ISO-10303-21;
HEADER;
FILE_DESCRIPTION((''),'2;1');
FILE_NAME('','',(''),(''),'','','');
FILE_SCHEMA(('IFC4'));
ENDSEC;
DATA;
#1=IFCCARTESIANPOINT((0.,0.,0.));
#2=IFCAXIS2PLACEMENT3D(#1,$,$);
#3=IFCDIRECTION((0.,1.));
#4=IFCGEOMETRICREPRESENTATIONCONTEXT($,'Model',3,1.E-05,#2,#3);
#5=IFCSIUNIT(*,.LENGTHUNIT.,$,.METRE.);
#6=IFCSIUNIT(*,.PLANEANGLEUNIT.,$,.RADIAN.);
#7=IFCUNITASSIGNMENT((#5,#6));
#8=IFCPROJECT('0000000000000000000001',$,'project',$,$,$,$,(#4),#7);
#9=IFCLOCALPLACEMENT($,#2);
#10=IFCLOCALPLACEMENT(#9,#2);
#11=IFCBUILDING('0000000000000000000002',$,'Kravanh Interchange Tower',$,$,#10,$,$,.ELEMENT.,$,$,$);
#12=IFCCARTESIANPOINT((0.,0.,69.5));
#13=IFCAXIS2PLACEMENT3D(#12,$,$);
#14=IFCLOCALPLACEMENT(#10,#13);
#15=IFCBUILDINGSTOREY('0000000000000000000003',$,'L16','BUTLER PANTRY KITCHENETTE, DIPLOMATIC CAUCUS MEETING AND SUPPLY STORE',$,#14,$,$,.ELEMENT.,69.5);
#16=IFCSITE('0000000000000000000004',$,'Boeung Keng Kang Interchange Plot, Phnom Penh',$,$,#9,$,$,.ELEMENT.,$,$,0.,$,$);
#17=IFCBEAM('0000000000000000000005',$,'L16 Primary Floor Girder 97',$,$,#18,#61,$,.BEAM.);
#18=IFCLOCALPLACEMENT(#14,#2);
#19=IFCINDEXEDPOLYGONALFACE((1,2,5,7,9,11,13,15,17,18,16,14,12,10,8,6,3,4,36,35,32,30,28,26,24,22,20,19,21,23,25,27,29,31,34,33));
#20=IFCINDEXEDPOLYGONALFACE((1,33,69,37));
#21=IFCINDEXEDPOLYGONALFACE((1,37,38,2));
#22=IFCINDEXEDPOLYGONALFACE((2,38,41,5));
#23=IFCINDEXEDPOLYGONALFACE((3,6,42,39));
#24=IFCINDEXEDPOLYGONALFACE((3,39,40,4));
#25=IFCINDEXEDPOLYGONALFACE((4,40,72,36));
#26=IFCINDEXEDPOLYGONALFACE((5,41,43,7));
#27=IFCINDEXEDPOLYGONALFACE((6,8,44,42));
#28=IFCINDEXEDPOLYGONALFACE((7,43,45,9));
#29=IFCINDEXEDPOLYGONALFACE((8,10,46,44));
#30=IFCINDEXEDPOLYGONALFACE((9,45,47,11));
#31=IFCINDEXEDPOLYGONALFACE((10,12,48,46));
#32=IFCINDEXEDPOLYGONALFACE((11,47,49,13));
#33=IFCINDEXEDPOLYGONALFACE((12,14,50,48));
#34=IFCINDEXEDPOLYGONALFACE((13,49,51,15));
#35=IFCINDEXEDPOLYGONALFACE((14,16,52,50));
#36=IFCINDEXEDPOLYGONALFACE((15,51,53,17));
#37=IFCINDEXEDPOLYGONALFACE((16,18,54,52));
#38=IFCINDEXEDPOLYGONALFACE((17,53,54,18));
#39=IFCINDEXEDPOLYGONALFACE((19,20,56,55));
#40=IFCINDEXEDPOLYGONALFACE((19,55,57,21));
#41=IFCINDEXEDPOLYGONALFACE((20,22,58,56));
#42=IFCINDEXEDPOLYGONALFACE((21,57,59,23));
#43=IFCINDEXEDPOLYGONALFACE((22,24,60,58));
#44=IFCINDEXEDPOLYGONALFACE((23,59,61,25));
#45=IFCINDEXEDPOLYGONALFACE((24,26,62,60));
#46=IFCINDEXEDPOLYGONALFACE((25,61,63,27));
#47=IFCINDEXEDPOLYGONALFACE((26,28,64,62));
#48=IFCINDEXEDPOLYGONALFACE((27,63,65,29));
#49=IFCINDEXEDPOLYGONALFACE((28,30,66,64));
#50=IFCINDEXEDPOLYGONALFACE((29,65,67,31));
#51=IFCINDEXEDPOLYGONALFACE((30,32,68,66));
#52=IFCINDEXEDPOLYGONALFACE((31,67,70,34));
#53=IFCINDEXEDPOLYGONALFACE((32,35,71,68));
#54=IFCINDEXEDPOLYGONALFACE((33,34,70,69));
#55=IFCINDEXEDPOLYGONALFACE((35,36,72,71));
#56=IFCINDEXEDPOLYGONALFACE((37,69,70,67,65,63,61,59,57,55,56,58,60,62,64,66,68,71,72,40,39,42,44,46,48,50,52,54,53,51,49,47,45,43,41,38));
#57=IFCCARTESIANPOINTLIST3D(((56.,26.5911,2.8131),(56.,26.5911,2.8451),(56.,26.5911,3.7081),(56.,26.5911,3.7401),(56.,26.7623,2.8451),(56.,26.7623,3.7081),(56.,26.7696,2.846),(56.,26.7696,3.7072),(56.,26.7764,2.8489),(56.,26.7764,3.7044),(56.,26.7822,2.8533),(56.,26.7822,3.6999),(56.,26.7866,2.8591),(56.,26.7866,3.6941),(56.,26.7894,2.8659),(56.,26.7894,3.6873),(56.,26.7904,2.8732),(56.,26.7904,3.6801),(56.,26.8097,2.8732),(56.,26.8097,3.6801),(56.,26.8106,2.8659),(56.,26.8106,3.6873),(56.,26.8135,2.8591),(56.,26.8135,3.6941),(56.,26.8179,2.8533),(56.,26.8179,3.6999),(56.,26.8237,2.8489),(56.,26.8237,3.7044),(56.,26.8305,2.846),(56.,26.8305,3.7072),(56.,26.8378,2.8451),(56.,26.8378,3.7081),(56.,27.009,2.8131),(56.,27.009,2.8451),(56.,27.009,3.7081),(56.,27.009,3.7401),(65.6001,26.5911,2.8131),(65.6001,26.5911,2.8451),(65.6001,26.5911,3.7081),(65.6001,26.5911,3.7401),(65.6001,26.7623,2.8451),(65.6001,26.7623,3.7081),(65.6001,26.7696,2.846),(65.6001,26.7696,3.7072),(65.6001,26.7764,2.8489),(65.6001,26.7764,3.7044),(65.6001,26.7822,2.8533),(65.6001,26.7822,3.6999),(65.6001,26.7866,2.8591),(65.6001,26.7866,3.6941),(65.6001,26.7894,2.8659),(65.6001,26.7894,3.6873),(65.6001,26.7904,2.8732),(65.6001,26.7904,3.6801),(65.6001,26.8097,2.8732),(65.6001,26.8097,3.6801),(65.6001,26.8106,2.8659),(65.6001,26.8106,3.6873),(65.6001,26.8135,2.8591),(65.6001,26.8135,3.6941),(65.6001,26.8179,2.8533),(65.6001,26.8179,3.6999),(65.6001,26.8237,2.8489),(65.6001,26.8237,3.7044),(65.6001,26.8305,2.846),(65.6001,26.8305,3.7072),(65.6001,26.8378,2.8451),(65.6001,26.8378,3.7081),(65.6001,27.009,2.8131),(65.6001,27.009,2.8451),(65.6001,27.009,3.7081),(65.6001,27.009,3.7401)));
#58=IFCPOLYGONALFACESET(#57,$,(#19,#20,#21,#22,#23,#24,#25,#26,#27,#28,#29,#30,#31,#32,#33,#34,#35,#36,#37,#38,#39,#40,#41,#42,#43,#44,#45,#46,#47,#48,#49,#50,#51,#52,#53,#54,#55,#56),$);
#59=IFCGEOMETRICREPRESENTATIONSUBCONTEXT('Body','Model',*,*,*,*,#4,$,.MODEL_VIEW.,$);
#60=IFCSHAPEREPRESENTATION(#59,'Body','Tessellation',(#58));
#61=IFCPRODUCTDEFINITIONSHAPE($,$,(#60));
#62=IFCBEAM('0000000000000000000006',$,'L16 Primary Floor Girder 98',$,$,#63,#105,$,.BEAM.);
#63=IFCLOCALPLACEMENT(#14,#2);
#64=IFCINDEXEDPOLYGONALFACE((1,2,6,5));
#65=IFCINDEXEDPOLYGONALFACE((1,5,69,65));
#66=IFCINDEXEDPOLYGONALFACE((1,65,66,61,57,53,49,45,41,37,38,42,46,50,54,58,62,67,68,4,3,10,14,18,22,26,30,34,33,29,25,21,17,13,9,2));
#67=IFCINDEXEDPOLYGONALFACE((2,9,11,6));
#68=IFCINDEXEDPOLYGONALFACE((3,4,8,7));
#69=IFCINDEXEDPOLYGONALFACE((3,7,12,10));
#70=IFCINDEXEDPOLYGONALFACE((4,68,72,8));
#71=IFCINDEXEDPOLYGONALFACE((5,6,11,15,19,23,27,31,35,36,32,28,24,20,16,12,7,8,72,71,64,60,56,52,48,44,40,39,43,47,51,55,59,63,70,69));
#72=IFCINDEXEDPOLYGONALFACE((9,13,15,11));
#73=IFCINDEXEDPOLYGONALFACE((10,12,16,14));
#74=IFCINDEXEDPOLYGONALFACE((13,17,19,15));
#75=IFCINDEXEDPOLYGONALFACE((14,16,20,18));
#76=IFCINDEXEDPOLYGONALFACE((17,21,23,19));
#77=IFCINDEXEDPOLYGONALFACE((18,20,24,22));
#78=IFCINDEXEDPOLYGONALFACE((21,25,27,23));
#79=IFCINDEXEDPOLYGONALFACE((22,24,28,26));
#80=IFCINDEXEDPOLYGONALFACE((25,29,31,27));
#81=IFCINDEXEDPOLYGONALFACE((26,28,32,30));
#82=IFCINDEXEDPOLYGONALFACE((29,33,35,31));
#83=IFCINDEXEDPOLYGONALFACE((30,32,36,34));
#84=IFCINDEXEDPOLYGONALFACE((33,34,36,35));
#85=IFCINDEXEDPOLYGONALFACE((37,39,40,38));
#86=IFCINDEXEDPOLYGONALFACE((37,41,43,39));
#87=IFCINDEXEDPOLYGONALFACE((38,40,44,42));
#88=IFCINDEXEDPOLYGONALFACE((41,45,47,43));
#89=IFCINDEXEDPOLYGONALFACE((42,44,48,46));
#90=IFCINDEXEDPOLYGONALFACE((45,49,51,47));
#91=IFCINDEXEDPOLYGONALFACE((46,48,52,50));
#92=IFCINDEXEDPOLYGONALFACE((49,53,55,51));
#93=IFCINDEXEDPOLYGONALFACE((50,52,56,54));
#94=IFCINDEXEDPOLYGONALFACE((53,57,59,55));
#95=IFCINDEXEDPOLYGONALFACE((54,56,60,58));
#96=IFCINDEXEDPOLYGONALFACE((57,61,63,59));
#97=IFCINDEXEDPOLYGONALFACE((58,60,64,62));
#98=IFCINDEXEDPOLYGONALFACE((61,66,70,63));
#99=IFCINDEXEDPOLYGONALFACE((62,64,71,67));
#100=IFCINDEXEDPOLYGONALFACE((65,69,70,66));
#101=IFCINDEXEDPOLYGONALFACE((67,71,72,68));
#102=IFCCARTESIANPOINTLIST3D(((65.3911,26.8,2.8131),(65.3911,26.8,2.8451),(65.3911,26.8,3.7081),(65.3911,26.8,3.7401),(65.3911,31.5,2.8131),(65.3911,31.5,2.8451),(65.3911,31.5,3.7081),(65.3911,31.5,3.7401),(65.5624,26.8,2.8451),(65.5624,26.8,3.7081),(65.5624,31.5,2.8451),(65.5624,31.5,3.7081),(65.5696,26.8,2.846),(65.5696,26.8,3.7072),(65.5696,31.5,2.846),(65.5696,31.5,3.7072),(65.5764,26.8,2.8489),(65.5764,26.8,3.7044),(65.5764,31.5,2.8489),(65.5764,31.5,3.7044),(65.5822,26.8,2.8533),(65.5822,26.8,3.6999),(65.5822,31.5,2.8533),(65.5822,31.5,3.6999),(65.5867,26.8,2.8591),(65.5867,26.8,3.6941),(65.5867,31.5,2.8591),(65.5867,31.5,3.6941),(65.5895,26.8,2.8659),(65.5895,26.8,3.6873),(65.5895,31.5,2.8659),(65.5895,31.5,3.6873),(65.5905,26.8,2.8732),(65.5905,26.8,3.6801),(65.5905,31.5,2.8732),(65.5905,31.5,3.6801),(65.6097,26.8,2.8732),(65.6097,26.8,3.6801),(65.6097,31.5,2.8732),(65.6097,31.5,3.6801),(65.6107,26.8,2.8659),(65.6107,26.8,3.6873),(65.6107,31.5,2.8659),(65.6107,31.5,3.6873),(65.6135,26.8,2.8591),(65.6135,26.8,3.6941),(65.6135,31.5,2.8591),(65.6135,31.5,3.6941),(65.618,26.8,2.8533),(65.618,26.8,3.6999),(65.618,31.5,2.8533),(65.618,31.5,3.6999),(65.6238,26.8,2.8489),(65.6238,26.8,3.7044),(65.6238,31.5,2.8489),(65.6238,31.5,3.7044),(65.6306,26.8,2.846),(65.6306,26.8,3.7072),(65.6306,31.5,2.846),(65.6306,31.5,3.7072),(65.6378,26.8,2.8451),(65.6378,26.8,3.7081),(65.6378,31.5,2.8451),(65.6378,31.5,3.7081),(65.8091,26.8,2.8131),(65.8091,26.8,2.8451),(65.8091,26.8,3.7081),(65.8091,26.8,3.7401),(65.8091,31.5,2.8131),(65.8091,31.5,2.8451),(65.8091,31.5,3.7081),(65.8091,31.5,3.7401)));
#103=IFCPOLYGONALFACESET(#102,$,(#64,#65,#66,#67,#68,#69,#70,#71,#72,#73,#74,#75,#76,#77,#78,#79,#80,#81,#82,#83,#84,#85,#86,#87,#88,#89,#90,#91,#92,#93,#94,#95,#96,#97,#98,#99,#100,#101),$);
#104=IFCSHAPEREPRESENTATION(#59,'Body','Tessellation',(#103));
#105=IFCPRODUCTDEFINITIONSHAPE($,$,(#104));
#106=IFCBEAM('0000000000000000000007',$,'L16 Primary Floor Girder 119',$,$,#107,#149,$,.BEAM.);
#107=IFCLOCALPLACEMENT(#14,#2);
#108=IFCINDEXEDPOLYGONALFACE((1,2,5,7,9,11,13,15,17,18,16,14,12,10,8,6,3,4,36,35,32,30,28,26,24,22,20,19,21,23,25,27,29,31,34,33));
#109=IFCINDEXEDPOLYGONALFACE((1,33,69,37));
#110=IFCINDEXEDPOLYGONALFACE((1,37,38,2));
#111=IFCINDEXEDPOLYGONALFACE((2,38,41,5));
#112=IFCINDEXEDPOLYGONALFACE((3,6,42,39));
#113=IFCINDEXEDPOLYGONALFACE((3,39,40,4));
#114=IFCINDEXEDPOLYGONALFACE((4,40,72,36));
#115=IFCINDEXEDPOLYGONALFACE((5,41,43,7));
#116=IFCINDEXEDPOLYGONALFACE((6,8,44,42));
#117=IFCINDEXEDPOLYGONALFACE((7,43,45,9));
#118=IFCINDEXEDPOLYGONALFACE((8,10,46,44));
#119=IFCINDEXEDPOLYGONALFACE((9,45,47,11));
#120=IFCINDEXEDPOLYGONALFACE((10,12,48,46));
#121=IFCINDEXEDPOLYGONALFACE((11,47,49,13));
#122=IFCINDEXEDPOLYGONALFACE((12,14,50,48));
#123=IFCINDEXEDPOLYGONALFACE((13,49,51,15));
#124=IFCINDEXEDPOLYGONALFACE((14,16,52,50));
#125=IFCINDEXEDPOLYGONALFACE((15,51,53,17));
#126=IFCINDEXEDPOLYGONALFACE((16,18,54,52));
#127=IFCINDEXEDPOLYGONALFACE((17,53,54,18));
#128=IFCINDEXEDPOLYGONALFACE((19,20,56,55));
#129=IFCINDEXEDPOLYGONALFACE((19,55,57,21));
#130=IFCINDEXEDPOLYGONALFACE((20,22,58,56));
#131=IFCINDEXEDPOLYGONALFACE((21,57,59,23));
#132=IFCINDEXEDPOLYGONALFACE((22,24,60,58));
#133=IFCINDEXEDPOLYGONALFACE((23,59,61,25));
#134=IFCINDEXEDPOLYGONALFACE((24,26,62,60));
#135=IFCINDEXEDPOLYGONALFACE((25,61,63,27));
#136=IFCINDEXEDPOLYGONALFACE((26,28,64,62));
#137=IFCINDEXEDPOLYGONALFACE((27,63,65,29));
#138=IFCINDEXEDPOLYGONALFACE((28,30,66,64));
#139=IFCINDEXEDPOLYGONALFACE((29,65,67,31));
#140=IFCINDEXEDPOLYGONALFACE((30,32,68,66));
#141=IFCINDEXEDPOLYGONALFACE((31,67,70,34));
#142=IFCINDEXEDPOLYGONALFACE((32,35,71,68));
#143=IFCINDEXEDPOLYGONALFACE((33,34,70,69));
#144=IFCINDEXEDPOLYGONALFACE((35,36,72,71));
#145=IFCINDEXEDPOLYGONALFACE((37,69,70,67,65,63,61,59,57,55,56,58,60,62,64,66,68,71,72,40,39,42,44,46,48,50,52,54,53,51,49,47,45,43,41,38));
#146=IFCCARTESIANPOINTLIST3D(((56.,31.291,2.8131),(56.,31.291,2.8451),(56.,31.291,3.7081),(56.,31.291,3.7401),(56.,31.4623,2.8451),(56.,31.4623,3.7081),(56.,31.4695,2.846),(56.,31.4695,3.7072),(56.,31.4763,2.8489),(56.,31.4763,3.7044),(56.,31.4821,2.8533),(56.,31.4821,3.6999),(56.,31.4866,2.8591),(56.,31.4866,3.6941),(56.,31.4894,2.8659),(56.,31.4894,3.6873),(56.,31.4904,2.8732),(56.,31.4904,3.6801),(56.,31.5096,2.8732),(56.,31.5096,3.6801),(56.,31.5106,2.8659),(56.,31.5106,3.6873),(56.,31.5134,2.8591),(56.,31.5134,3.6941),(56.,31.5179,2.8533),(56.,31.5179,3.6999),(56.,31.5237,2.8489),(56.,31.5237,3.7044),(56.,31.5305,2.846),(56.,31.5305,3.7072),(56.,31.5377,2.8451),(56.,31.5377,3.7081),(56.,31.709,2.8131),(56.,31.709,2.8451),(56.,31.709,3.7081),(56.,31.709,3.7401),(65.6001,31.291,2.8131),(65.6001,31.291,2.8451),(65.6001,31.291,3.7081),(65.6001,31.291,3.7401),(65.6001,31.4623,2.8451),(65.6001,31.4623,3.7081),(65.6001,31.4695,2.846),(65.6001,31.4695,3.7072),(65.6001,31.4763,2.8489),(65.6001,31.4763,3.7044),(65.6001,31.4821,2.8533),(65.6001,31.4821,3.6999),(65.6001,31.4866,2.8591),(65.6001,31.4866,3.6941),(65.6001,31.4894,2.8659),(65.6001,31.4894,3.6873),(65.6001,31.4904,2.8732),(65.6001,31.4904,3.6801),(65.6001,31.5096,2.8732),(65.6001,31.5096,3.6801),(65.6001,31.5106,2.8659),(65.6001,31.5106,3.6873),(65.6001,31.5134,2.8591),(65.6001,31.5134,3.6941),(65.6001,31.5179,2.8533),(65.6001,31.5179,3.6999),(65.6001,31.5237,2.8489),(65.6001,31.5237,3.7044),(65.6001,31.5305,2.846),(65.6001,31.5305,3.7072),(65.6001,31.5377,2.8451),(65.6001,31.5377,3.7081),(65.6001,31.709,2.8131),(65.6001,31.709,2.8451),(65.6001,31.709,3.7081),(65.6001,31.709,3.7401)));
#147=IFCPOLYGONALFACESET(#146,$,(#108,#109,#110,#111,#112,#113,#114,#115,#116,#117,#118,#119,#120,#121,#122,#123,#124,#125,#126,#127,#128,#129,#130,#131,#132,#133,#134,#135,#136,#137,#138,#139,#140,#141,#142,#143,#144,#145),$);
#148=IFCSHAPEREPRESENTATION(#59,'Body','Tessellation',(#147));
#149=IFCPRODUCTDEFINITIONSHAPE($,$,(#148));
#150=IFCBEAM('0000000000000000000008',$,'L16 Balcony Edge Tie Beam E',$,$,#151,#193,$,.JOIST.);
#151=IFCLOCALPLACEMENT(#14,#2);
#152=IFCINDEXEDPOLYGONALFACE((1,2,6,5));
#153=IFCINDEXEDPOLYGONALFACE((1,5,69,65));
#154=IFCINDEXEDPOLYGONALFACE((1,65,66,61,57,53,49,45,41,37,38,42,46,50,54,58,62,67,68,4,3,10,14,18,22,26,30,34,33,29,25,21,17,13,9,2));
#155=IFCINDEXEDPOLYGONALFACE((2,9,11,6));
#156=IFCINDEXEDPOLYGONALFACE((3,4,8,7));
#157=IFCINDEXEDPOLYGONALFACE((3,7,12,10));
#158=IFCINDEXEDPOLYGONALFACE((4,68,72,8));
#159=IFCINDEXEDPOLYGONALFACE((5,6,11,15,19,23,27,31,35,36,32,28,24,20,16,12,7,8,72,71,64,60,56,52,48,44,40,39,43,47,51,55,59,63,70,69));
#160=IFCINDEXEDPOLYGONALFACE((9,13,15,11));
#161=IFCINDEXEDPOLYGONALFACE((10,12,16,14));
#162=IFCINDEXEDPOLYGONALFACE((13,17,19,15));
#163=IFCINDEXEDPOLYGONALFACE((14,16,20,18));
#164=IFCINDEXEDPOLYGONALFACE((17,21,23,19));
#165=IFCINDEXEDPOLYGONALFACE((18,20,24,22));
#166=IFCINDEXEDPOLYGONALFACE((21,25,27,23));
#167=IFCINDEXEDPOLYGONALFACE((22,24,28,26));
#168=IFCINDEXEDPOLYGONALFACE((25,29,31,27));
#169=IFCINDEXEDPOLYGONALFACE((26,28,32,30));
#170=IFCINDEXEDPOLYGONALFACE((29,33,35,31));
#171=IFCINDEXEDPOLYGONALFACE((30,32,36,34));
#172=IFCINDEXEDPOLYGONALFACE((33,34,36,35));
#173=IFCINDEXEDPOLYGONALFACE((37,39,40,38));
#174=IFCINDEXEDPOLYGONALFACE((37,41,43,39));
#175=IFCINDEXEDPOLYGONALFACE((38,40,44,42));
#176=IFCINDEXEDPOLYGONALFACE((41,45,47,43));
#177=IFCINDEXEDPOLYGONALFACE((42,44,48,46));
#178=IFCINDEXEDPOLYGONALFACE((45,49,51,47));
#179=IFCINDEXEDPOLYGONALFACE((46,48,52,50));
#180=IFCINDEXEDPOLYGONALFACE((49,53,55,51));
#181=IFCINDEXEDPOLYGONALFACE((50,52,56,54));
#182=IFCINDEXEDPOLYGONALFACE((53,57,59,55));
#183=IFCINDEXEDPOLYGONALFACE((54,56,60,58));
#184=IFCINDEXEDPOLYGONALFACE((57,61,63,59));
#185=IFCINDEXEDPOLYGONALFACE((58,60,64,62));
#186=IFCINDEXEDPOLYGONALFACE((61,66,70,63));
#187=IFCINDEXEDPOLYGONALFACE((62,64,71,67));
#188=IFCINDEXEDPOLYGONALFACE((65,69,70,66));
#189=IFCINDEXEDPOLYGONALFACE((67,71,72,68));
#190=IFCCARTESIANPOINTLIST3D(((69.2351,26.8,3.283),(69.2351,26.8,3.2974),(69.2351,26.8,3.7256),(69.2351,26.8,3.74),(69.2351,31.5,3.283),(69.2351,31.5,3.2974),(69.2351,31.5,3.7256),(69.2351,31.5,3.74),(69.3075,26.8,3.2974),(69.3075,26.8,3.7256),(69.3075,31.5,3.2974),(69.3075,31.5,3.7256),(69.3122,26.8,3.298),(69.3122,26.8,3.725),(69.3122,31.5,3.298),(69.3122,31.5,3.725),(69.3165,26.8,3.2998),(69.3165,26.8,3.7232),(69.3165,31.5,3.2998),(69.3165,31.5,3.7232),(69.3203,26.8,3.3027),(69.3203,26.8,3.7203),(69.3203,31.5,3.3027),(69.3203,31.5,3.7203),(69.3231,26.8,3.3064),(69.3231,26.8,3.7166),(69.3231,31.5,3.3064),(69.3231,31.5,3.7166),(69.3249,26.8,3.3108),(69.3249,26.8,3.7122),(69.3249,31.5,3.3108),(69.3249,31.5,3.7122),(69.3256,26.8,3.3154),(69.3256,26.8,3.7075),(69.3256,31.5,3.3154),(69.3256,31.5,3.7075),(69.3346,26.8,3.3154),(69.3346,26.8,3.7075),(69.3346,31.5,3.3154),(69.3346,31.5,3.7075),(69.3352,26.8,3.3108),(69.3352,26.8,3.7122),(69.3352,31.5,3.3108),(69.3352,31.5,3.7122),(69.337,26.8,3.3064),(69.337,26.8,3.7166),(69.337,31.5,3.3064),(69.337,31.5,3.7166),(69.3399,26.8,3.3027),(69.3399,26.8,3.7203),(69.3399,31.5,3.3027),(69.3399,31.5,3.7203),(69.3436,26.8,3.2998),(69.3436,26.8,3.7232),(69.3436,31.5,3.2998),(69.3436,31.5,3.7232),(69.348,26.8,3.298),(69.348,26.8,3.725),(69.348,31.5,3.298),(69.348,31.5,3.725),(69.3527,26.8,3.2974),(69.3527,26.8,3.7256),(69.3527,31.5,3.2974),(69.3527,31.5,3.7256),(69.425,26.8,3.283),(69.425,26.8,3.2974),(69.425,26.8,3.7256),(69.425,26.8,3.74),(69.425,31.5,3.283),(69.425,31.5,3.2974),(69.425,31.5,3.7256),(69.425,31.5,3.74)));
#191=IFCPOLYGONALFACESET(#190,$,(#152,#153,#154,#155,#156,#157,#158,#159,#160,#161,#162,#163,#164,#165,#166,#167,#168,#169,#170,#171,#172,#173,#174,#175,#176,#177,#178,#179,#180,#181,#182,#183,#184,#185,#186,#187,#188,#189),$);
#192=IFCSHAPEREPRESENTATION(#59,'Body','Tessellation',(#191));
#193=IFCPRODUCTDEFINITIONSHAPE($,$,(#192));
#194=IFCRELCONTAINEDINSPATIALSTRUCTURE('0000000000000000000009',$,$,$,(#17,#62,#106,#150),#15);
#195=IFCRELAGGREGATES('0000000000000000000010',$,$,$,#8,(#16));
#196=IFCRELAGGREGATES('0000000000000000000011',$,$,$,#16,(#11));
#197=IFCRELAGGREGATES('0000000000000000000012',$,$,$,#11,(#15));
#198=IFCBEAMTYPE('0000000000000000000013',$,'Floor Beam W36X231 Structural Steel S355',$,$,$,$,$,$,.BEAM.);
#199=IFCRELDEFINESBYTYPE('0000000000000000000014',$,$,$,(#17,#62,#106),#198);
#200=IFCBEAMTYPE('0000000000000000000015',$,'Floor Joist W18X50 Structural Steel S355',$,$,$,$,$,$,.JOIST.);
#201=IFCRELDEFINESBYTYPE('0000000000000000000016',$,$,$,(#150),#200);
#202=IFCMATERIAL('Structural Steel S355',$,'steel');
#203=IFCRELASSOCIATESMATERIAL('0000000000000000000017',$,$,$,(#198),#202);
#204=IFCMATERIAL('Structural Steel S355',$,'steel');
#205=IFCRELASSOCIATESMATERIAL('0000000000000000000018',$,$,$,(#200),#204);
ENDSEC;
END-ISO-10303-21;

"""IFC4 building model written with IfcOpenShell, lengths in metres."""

from ifc_helpers import new_model, si_unit, direction, frame, origin, origin_2d, place, context, subcontext, project, spatial, i_section, extrude, material, material_profile, profile_set, type_object, element, save


model = new_model("IFC4")

# Units and contexts
model_context = context("Model", 3, precision=1e-05, world=origin(), true_north=direction((0.0, 1.0)))
body_context = subcontext(model_context, "Body", "Model", "MODEL_VIEW")
ifc_project = project(units=[si_unit("LENGTHUNIT", "METRE"), si_unit("PLANEANGLEUNIT", "RADIAN")], contexts=[model_context])

# Site, building, storey
site_placement = place(None, origin())
site = spatial("IfcSite", under=ifc_project, at=site_placement, Name="Boeung Keng Kang Interchange Plot, Phnom Penh", CompositionType="ELEMENT", RefElevation=0.0)
building_placement = place(site_placement, origin())
building = spatial("IfcBuilding", under=site, at=building_placement, Name="Kravanh Interchange Tower", CompositionType="ELEMENT")
storey_placement = place(building_placement, frame((0.0, 0.0, 69.5)))
storey = spatial("IfcBuildingStorey", under=building, at=storey_placement, Name="L16", Description="BUTLER PANTRY KITCHENETTE, DIPLOMATIC CAUCUS MEETING AND SUPPLY STORE", CompositionType="ELEMENT", Elevation=69.5)

# Beams
ifc_material_1 = material(Name="Structural Steel S355", Category="steel")
ifc_material_profile_1 = material_profile(ifc_material_1, i_section(OverallWidth=0.418, OverallDepth=0.927, WebThickness=0.0193, FlangeThickness=0.032, FilletRadius=0.0281, at=origin_2d()), Name="W36X231")
ifc_profile_set_1 = profile_set([ifc_material_profile_1], Name="Structural Steel S355")
beam_type_1 = type_object("IfcBeamType", Name="Floor Beam W36X231 Structural Steel S355", PredefinedType="BEAM", material=ifc_profile_set_1)
beam_1_placement = place(storey_placement, frame((56.0, 26.8, 3.2766), z_axis=(1.0, 0.0, 0.0), x_axis=(0.0, 1.0, 0.0)))
element("IfcBeam", 1, at=beam_1_placement, inside=storey, type_object=beam_type_1, Name="L16 Primary Floor Girder 97", PredefinedType="BEAM", context=body_context, shape_type="SweptSolid", body=[
    extrude(i_section(OverallWidth=0.418, OverallDepth=0.927, WebThickness=0.0193, FlangeThickness=0.032, FilletRadius=0.0281, at=origin_2d()), origin(), (0.0, 0.0, 1.0), 9.6001),
])
beam_2_placement = place(storey_placement, frame((65.6001, 26.8, 3.2766), z_axis=(0.0, 1.0, 0.0), x_axis=(-1.0, 0.0, 0.0)))
element("IfcBeam", 2, at=beam_2_placement, inside=storey, type_object=beam_type_1, Name="L16 Primary Floor Girder 98", PredefinedType="BEAM", context=body_context, shape_type="SweptSolid", body=[
    extrude(i_section(OverallWidth=0.418, OverallDepth=0.927, WebThickness=0.0193, FlangeThickness=0.032, FilletRadius=0.0281, at=origin_2d()), origin(), (0.0, 0.0, 1.0), 4.7),
])
beam_3_placement = place(storey_placement, frame((56.0, 31.5, 3.2766), z_axis=(1.0, 0.0, 0.0), x_axis=(0.0, 1.0, 0.0)))
element("IfcBeam", 3, at=beam_3_placement, inside=storey, type_object=beam_type_1, Name="L16 Primary Floor Girder 119", PredefinedType="BEAM", context=body_context, shape_type="SweptSolid", body=[
    extrude(i_section(OverallWidth=0.418, OverallDepth=0.927, WebThickness=0.0193, FlangeThickness=0.032, FilletRadius=0.0281, at=origin_2d()), origin(), (0.0, 0.0, 1.0), 9.6001),
])
ifc_material_2 = material(Name="Structural Steel S355", Category="steel")
ifc_material_profile_2 = material_profile(ifc_material_2, i_section(OverallWidth=0.1899, OverallDepth=0.457, WebThickness=0.009, FlangeThickness=0.0144, FilletRadius=0.0181, at=origin_2d()), Name="W18X50")
ifc_profile_set_2 = profile_set([ifc_material_profile_2], Name="Structural Steel S355")
beam_type_2 = type_object("IfcBeamType", Name="Floor Joist W18X50 Structural Steel S355", PredefinedType="JOIST", material=ifc_profile_set_2)
beam_4_placement = place(storey_placement, frame((69.3301, 26.8, 3.5115), z_axis=(0.0, 1.0, 0.0), x_axis=(-1.0, 0.0, 0.0)))
element("IfcBeam", 4, at=beam_4_placement, inside=storey, type_object=beam_type_2, Name="L16 Balcony Edge Tie Beam E", PredefinedType="JOIST", context=body_context, shape_type="SweptSolid", body=[
    extrude(i_section(OverallWidth=0.1899, OverallDepth=0.457, WebThickness=0.009, FlangeThickness=0.0144, FilletRadius=0.0181, at=origin_2d()), origin(), (0.0, 0.0, 1.0), 4.7),
])

save(model, "model.ifc")
